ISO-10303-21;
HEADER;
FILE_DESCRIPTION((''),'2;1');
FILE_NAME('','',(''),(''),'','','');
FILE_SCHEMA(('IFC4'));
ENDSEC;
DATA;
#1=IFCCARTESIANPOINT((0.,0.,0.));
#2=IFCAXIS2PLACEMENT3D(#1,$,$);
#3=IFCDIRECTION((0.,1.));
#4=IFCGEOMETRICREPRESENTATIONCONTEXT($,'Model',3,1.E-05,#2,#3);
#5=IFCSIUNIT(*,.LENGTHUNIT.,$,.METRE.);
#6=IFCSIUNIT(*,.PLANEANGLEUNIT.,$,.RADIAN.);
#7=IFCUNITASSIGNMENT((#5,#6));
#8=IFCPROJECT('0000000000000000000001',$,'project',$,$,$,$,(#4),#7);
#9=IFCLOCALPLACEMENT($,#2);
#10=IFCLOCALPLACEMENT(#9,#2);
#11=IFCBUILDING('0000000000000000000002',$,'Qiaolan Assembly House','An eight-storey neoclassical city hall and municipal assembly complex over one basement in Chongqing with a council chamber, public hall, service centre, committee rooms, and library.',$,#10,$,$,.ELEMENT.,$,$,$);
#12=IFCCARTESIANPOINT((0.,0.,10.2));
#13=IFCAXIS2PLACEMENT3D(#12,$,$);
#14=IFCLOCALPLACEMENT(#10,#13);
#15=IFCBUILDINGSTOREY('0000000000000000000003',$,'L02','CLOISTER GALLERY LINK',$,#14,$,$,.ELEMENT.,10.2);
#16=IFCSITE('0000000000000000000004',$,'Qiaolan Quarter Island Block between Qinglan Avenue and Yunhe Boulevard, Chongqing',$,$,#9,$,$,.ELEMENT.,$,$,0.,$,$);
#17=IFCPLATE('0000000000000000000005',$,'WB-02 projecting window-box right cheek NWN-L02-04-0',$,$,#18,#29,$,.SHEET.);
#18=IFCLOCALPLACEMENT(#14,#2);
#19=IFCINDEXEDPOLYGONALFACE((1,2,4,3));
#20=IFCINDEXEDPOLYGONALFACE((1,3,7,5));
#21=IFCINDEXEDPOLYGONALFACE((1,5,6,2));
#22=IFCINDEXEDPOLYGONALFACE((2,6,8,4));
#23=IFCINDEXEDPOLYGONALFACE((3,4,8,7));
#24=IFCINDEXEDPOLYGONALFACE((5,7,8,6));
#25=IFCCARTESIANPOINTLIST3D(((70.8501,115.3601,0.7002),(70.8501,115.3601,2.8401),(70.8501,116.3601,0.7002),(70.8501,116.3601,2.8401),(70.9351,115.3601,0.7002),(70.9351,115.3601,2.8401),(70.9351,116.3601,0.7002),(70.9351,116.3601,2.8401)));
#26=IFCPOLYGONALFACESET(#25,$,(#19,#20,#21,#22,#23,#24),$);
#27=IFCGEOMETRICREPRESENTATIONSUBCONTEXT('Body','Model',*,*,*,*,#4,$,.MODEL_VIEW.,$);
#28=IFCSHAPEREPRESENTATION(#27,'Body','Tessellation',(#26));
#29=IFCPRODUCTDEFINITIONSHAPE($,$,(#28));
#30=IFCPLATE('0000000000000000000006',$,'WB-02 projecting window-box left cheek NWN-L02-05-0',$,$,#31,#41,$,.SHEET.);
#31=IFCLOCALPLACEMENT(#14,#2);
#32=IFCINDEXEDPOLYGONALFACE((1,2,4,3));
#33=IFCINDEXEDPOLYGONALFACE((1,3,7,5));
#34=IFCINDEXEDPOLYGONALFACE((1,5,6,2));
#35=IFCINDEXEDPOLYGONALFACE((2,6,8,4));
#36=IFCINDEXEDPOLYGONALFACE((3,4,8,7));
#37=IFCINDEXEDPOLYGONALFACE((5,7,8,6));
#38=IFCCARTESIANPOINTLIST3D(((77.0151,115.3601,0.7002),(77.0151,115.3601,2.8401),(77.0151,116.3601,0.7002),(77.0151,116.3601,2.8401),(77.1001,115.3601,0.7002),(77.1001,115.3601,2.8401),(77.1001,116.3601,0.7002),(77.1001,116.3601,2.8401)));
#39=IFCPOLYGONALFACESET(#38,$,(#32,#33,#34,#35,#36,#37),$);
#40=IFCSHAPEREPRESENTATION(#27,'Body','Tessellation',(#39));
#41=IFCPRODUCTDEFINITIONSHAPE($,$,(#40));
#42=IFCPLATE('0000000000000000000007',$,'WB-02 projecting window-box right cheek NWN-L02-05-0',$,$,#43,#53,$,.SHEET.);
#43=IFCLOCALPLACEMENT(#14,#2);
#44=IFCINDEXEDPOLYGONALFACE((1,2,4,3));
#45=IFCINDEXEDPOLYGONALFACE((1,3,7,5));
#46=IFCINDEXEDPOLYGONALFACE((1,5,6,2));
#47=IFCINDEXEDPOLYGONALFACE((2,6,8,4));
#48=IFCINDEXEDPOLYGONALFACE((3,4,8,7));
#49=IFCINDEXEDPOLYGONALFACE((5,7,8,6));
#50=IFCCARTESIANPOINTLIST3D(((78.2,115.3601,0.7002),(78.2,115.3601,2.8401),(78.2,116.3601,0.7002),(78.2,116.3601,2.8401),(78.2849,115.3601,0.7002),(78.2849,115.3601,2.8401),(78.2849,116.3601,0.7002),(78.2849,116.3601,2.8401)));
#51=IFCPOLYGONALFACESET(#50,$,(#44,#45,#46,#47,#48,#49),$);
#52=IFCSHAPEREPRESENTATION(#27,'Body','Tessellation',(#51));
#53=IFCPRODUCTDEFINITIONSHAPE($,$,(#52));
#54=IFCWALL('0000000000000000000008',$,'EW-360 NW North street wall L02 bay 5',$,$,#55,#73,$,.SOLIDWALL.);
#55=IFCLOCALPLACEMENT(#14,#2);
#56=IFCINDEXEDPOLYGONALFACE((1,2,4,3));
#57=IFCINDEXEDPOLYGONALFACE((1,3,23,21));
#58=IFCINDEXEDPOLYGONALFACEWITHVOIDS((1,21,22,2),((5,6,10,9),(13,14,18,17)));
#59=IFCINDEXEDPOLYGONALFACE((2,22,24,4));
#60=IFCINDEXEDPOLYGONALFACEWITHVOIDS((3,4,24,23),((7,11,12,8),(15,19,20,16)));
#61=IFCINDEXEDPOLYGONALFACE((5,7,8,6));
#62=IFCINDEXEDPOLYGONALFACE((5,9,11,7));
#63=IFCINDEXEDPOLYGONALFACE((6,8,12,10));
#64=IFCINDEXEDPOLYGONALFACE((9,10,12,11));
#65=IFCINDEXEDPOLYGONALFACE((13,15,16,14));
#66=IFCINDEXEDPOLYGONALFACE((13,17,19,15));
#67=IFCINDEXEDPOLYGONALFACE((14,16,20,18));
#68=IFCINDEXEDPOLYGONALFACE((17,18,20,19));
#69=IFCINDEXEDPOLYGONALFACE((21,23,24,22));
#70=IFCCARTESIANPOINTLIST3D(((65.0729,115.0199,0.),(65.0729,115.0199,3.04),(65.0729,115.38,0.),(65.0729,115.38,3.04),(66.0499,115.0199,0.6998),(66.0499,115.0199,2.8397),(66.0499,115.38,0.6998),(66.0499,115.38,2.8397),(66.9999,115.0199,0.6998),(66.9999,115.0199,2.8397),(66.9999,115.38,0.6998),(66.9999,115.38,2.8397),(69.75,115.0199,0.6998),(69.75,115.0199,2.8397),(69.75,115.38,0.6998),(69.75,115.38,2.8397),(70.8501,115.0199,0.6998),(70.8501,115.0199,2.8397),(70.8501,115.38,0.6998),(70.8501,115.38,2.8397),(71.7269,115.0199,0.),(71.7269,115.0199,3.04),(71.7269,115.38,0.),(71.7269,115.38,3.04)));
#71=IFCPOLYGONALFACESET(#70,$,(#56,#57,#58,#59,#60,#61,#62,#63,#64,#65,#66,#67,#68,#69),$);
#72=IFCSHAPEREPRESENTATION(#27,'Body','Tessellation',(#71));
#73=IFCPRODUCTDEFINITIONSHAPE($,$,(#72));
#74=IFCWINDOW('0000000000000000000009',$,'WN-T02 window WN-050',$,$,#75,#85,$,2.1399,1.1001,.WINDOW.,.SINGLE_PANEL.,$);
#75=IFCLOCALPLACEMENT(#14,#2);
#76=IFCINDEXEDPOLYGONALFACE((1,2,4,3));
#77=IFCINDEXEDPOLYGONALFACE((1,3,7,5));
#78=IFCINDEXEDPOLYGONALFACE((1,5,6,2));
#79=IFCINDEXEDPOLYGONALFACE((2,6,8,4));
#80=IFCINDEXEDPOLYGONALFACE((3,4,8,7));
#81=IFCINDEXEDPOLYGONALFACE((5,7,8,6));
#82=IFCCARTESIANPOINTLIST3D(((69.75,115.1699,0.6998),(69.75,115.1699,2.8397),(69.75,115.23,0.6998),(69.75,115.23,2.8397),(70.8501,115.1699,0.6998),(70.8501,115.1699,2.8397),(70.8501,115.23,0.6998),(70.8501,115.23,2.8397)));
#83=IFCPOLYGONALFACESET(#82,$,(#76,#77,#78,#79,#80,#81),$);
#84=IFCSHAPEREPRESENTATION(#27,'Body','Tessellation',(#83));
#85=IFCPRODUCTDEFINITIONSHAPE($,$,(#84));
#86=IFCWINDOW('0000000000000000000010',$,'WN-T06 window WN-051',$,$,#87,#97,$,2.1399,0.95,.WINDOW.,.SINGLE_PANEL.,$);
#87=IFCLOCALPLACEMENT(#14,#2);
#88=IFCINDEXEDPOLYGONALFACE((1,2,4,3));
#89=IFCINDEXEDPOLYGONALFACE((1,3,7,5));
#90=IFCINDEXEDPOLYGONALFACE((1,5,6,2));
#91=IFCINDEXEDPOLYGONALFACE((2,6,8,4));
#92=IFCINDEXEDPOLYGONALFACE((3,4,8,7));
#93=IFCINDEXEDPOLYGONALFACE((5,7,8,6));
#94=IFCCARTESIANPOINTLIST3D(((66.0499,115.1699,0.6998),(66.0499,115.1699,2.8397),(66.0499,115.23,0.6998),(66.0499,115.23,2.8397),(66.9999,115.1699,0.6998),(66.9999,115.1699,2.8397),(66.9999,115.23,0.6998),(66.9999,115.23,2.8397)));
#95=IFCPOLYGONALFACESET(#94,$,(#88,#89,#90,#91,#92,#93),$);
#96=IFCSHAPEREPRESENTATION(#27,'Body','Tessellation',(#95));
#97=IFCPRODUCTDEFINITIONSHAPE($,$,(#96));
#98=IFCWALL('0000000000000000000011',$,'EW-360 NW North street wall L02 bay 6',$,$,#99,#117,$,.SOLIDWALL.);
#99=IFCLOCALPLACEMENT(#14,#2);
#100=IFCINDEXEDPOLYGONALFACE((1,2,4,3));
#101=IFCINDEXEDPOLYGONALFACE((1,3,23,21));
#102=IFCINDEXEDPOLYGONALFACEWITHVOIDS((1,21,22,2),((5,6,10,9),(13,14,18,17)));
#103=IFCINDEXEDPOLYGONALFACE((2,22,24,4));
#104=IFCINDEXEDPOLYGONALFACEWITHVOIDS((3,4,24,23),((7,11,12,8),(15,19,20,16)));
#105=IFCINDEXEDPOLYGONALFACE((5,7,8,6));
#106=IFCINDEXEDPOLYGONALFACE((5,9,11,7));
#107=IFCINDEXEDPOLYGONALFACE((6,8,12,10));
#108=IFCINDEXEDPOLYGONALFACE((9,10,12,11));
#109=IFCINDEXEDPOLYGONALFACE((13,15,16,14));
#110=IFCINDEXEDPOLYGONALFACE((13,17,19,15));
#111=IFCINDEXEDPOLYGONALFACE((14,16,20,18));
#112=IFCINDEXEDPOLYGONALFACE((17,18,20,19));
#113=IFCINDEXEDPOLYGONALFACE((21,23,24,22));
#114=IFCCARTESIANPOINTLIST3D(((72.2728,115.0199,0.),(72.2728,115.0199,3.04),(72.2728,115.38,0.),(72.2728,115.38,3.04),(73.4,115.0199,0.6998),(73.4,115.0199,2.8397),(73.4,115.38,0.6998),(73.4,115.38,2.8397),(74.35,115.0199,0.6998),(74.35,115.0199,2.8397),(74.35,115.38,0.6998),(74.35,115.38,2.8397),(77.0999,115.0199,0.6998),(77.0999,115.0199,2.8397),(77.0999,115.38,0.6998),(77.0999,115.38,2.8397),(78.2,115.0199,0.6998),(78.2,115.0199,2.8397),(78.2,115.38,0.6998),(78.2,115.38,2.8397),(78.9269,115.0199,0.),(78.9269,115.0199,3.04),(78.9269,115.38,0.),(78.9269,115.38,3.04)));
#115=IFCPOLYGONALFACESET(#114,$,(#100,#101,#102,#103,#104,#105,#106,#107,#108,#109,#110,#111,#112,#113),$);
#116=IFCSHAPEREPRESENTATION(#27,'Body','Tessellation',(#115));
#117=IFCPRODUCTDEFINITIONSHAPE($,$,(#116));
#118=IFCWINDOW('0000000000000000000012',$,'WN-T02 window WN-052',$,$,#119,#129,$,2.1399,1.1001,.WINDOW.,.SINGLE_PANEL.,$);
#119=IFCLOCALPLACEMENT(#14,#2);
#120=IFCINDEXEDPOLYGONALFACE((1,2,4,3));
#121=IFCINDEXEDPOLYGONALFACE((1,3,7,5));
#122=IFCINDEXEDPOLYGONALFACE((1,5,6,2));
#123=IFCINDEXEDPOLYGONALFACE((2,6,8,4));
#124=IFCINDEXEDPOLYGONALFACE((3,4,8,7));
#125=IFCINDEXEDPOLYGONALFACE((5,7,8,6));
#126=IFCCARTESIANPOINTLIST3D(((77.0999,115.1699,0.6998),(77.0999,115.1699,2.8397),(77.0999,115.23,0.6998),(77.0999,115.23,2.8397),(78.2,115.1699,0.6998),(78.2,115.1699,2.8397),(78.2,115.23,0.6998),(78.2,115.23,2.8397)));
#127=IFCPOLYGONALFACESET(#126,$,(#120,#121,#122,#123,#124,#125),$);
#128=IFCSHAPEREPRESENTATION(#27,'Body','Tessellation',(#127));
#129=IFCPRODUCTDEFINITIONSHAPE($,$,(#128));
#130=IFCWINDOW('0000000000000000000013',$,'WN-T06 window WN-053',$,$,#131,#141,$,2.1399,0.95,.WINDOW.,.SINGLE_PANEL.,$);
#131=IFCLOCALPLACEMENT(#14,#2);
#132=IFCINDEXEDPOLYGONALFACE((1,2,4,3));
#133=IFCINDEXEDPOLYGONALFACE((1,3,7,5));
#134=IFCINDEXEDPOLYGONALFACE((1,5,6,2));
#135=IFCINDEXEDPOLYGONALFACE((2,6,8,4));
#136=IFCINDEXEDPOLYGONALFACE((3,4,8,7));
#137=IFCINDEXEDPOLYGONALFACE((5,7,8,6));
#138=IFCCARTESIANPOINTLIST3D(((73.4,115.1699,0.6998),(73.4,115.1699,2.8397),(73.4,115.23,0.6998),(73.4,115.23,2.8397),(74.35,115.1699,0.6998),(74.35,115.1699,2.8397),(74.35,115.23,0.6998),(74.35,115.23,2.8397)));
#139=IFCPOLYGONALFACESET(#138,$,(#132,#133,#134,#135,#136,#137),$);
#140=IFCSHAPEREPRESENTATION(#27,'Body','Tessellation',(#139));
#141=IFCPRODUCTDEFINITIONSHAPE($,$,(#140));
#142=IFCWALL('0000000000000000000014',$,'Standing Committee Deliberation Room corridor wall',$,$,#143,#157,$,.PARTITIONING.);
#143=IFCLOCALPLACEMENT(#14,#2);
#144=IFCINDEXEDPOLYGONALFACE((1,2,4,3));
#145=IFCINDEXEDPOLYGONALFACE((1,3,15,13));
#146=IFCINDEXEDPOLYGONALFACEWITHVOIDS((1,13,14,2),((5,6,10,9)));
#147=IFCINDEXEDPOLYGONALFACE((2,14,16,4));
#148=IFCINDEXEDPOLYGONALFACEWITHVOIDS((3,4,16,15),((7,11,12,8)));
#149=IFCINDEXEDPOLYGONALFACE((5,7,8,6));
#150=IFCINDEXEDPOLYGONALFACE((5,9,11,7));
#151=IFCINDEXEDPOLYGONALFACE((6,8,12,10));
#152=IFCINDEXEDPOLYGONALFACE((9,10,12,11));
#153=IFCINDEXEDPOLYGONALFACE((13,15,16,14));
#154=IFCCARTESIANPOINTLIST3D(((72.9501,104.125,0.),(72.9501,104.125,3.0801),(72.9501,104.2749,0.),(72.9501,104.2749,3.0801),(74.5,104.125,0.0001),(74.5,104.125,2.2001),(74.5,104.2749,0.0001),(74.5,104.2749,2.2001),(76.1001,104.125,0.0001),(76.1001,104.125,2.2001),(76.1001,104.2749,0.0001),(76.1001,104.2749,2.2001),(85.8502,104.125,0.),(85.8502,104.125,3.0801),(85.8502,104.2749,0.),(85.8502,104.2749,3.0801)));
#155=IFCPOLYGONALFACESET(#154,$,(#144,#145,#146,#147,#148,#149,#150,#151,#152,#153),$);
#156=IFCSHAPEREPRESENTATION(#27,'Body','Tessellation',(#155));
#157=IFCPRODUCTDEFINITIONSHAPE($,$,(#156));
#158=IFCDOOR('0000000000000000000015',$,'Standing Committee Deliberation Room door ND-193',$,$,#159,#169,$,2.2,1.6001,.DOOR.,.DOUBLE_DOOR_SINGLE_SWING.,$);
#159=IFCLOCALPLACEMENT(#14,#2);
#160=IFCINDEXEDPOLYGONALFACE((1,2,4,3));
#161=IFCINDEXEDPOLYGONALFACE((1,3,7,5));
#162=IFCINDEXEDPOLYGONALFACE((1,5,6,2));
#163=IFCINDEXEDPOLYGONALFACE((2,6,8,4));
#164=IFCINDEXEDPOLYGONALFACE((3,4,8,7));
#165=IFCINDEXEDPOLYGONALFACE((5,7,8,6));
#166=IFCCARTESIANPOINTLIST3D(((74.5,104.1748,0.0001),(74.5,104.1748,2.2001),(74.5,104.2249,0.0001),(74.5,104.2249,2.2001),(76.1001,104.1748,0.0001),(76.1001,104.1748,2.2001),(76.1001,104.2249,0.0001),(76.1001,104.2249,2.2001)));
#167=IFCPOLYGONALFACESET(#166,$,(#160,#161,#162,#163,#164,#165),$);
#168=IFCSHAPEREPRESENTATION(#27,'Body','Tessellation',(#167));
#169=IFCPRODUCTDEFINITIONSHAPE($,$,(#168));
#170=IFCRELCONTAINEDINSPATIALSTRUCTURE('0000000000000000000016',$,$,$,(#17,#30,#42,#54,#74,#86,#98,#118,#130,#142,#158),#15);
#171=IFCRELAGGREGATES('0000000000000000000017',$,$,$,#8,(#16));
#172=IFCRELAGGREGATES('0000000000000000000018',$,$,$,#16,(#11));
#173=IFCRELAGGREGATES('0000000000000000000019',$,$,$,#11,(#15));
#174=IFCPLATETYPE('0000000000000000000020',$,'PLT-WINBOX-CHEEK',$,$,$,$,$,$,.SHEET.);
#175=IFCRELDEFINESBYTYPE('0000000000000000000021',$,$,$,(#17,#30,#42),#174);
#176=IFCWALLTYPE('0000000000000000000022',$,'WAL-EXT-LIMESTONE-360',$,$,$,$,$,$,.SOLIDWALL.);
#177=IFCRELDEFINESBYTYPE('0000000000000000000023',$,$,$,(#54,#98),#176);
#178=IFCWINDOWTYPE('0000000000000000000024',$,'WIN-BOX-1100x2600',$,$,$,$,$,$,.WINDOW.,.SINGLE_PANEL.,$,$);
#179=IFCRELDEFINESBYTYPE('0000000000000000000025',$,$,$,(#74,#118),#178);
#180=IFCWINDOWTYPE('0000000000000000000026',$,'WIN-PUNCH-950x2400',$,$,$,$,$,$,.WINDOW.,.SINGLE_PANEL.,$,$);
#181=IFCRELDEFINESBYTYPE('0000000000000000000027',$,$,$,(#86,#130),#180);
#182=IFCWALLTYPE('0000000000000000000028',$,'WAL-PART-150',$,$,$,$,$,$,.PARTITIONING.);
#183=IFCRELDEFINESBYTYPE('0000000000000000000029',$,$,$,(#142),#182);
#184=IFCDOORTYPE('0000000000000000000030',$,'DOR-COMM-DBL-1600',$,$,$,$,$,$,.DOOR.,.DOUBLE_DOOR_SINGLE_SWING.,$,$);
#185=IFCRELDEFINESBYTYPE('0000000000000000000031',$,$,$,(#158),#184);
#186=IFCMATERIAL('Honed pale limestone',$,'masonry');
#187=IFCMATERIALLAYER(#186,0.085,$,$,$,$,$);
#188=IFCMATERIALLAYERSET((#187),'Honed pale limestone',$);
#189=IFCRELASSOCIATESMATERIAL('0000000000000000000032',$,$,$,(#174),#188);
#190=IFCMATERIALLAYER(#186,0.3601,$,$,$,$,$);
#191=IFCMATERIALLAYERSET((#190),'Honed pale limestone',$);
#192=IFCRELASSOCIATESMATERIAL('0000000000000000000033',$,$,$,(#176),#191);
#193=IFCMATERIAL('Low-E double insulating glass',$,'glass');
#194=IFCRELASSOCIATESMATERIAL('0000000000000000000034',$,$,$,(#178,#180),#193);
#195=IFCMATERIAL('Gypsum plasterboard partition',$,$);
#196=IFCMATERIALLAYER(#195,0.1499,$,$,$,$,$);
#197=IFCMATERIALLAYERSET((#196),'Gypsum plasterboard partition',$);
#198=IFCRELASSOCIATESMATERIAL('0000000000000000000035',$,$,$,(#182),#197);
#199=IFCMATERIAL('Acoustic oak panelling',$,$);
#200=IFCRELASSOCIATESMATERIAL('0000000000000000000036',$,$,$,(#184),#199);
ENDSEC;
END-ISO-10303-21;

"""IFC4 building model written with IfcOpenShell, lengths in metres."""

from ifc_helpers import new_model, si_unit, direction, frame, frame_2d, origin, origin_2d, place, context, subcontext, project, spatial, rectangle, extrude, material, layer, layer_set, type_object, element, fill, save


model = new_model("IFC4")

# Units and contexts
model_context = context("Model", 3, precision=1e-05, world=origin(), true_north=direction((0.0, 1.0)))
body_context = subcontext(model_context, "Body", "Model", "MODEL_VIEW")
ifc_project = project(units=[si_unit("LENGTHUNIT", "METRE"), si_unit("PLANEANGLEUNIT", "RADIAN")], contexts=[model_context])

# Site, building, storey
site_placement = place(None, origin())
site = spatial("IfcSite", under=ifc_project, at=site_placement, Name="Qiaolan Quarter Island Block between Qinglan Avenue and Yunhe Boulevard, Chongqing", CompositionType="ELEMENT", RefElevation=0.0)
building_placement = place(site_placement, origin())
building = spatial("IfcBuilding", under=site, at=building_placement, Name="Qiaolan Assembly House", Description="An eight-storey neoclassical city hall and municipal assembly complex over one basement in Chongqing with a council chamber, public hall, service centre, committee rooms, and library.", CompositionType="ELEMENT")
storey_placement = place(building_placement, frame((0.0, 0.0, 10.2)))
storey = spatial("IfcBuildingStorey", under=building, at=storey_placement, Name="L02", Description="CLOISTER GALLERY LINK", CompositionType="ELEMENT", Elevation=10.2)

# Plates
ifc_material_1 = material(Name="Honed pale limestone", Category="masonry")
ifc_layer_1 = layer(ifc_material_1, 0.085)
ifc_layer_set_1 = layer_set([ifc_layer_1], Name="Honed pale limestone")
plate_type = type_object("IfcPlateType", Name="PLT-WINBOX-CHEEK", PredefinedType="SHEET", material=ifc_layer_set_1)
for number, where, z_axis, x_axis, name in (
    (1, (70.8926, 115.8601, 0.7002), (0.0, 0.0, 1.0), (1.0, 0.0, 0.0), "WB-02 projecting window-box right cheek NWN-L02-04-0"),
    (2, (77.0576, 115.8601, 0.7002), (0.0, 0.0, 1.0), (1.0, 0.0, 0.0), "WB-02 projecting window-box left cheek NWN-L02-05-0"),
    (3, (78.2424, 115.8601, 0.7002), (0.0, 0.0, 1.0), (1.0, 0.0, 0.0), "WB-02 projecting window-box right cheek NWN-L02-05-0"),
):
    element("IfcPlate", number, at=place(storey_placement, frame(where, z_axis=z_axis, x_axis=x_axis)), inside=storey, type_object=plate_type, Name=name, PredefinedType="SHEET", context=body_context, shape_type="SweptSolid", body=[
        extrude(rectangle(XDim=0.085, YDim=1.0, at=origin_2d()), origin(), (0.0, 0.0, 1.0), 2.1399),
    ])

# Walls, openings, windows
ifc_layer_2 = layer(ifc_material_1, 0.3601)
ifc_layer_set_2 = layer_set([ifc_layer_2], Name="Honed pale limestone")
wall_type_1 = type_object("IfcWallType", Name="WAL-EXT-LIMESTONE-360", PredefinedType="SOLIDWALL", material=ifc_layer_set_2)
wall_1_placement = place(storey_placement, frame((71.7271, 115.2, 0.0), z_axis=(0.0, 0.0, 1.0), x_axis=(-1.0, 0.0, 0.0)))
wall_1 = element("IfcWall", 4, at=wall_1_placement, inside=storey, type_object=wall_type_1, Name="EW-360 NW North street wall L02 bay 5", PredefinedType="SOLIDWALL", context=body_context, shape_type="SweptSolid", body=[
    extrude(rectangle(XDim=6.6541, YDim=0.3601, at=frame_2d((3.3271, 0.0))), origin(), (0.0, 0.0, 1.0), 3.04),
])
opening_1_placement = place(wall_1_placement, frame((0.877, 0.0, 0.7)))
opening_1 = element("IfcOpeningElement", 5, at=opening_1_placement, cuts=wall_1, PredefinedType="OPENING", context=body_context, shape_type="SweptSolid", body=[
    extrude(rectangle(XDim=1.1001, YDim=2.1399, at=frame_2d((0.55, 1.0698))), frame((0.0, 0.1899, 0.0), z_axis=(0.0, -1.0, 0.0), x_axis=(1.0, 0.0, 0.0)), (0.0, 0.0, 1.0), 0.3801),
])
opening_2_placement = place(wall_1_placement, frame((4.7271, 0.0, 0.7)))
opening_2 = element("IfcOpeningElement", 6, at=opening_2_placement, cuts=wall_1, PredefinedType="OPENING", context=body_context, shape_type="SweptSolid", body=[
    extrude(rectangle(XDim=0.95, YDim=2.1399, at=frame_2d((0.4751, 1.0698))), frame((0.0, 0.1899, 0.0), z_axis=(0.0, -1.0, 0.0), x_axis=(1.0, 0.0, 0.0)), (0.0, 0.0, 1.0), 0.3801),
])
ifc_material_2 = material(Name="Low-E double insulating glass", Category="glass")
window_type_1 = type_object("IfcWindowType", Name="WIN-BOX-1100x2600", PartitioningType="SINGLE_PANEL", PredefinedType="WINDOW", material=ifc_material_2)
window_1_placement = place(opening_1_placement, origin())
window_1 = element("IfcWindow", 7, at=window_1_placement, inside=storey, type_object=window_type_1, Name="WN-T02 window WN-050", OverallHeight=2.1399, OverallWidth=1.1001, PartitioningType="SINGLE_PANEL", PredefinedType="WINDOW", context=body_context, shape_type="SweptSolid", body=[
    extrude(rectangle(XDim=1.1001, YDim=2.1399, at=frame_2d((0.55, 1.0698))), frame((0.0, 0.03, 0.0), z_axis=(0.0, -1.0, 0.0), x_axis=(1.0, 0.0, 0.0)), (0.0, 0.0, 1.0), 0.0601),
])
fill(opening_1, window_1)
window_type_2 = type_object("IfcWindowType", Name="WIN-PUNCH-950x2400", PartitioningType="SINGLE_PANEL", PredefinedType="WINDOW", material=ifc_material_2)
window_2_placement = place(opening_2_placement, origin())
window_2 = element("IfcWindow", 8, at=window_2_placement, inside=storey, type_object=window_type_2, Name="WN-T06 window WN-051", OverallHeight=2.1399, OverallWidth=0.95, PartitioningType="SINGLE_PANEL", PredefinedType="WINDOW", context=body_context, shape_type="SweptSolid", body=[
    extrude(rectangle(XDim=0.95, YDim=2.1399, at=frame_2d((0.4751, 1.0698))), frame((0.0, 0.03, 0.0), z_axis=(0.0, -1.0, 0.0), x_axis=(1.0, 0.0, 0.0)), (0.0, 0.0, 1.0), 0.0601),
])
fill(opening_2, window_2)
wall_2_placement = place(storey_placement, frame((78.927, 115.2, 0.0), z_axis=(0.0, 0.0, 1.0), x_axis=(-1.0, 0.0, 0.0)))
wall_2 = element("IfcWall", 9, at=wall_2_placement, inside=storey, type_object=wall_type_1, Name="EW-360 NW North street wall L02 bay 6", PredefinedType="SOLIDWALL", context=body_context, shape_type="SweptSolid", body=[
    extrude(rectangle(XDim=6.6541, YDim=0.3601, at=frame_2d((3.3271, 0.0))), origin(), (0.0, 0.0, 1.0), 3.04),
])
opening_3_placement = place(wall_2_placement, frame((0.7271, 0.0, 0.7)))
opening_3 = element("IfcOpeningElement", 10, at=opening_3_placement, cuts=wall_2, PredefinedType="OPENING", context=body_context, shape_type="SweptSolid", body=[
    extrude(rectangle(XDim=1.1001, YDim=2.1399, at=frame_2d((0.55, 1.0698))), frame((0.0, 0.1899, 0.0), z_axis=(0.0, -1.0, 0.0), x_axis=(1.0, 0.0, 0.0)), (0.0, 0.0, 1.0), 0.3801),
])
opening_4_placement = place(wall_2_placement, frame((4.5769, 0.0, 0.7)))
opening_4 = element("IfcOpeningElement", 11, at=opening_4_placement, cuts=wall_2, PredefinedType="OPENING", context=body_context, shape_type="SweptSolid", body=[
    extrude(rectangle(XDim=0.95, YDim=2.1399, at=frame_2d((0.4751, 1.0698))), frame((0.0, 0.1899, 0.0), z_axis=(0.0, -1.0, 0.0), x_axis=(1.0, 0.0, 0.0)), (0.0, 0.0, 1.0), 0.3801),
])
window_3_placement = place(opening_3_placement, origin())
window_3 = element("IfcWindow", 12, at=window_3_placement, inside=storey, type_object=window_type_1, Name="WN-T02 window WN-052", OverallHeight=2.1399, OverallWidth=1.1001, PartitioningType="SINGLE_PANEL", PredefinedType="WINDOW", context=body_context, shape_type="SweptSolid", body=[
    extrude(rectangle(XDim=1.1001, YDim=2.1399, at=frame_2d((0.55, 1.0698))), frame((0.0, 0.03, 0.0), z_axis=(0.0, -1.0, 0.0), x_axis=(1.0, 0.0, 0.0)), (0.0, 0.0, 1.0), 0.0601),
])
fill(opening_3, window_3)
window_4_placement = place(opening_4_placement, origin())
window_4 = element("IfcWindow", 13, at=window_4_placement, inside=storey, type_object=window_type_2, Name="WN-T06 window WN-053", OverallHeight=2.1399, OverallWidth=0.95, PartitioningType="SINGLE_PANEL", PredefinedType="WINDOW", context=body_context, shape_type="SweptSolid", body=[
    extrude(rectangle(XDim=0.95, YDim=2.1399, at=frame_2d((0.4751, 1.0698))), frame((0.0, 0.03, 0.0), z_axis=(0.0, -1.0, 0.0), x_axis=(1.0, 0.0, 0.0)), (0.0, 0.0, 1.0), 0.0601),
])
fill(opening_4, window_4)

# Wall, opening, door
ifc_material_3 = material(Name="Gypsum plasterboard partition")
ifc_layer_3 = layer(ifc_material_3, 0.1499)
ifc_layer_set_3 = layer_set([ifc_layer_3], Name="Gypsum plasterboard partition")
wall_type_2 = type_object("IfcWallType", Name="WAL-PART-150", PredefinedType="PARTITIONING", material=ifc_layer_set_3)
wall_3_placement = place(storey_placement, frame((72.95, 104.2, 0.0), z_axis=(0.0, 0.0, 1.0), x_axis=(1.0, 0.0, 0.0)))
wall_3 = element("IfcWall", 14, at=wall_3_placement, inside=storey, type_object=wall_type_2, Name="Standing Committee Deliberation Room corridor wall", PredefinedType="PARTITIONING", context=body_context, shape_type="SweptSolid", body=[
    extrude(rectangle(XDim=12.9001, YDim=0.1499, at=frame_2d((6.4502, 0.0))), origin(), (0.0, 0.0, 1.0), 3.0801),
])
opening_5_placement = place(wall_3_placement, frame((1.55, 0.0, 0.0)))
opening_5 = element("IfcOpeningElement", 15, at=opening_5_placement, cuts=wall_3, PredefinedType="OPENING", context=body_context, shape_type="SweptSolid", body=[
    extrude(rectangle(XDim=1.6001, YDim=2.2, at=frame_2d((0.8, 1.1001))), frame((0.0, 0.085, 0.0), z_axis=(0.0, -1.0, 0.0), x_axis=(1.0, 0.0, 0.0)), (0.0, 0.0, 1.0), 0.1699),
])
ifc_material_4 = material(Name="Acoustic oak panelling")
door_type = type_object("IfcDoorType", Name="DOR-COMM-DBL-1600", OperationType="DOUBLE_DOOR_SINGLE_SWING", PredefinedType="DOOR", material=ifc_material_4)
door_placement = place(opening_5_placement, origin())
door = element("IfcDoor", 16, at=door_placement, inside=storey, type_object=door_type, Name="Standing Committee Deliberation Room door ND-193", OperationType="DOUBLE_DOOR_SINGLE_SWING", OverallHeight=2.2, OverallWidth=1.6001, PredefinedType="DOOR", context=body_context, shape_type="SweptSolid", body=[
    extrude(rectangle(XDim=1.6001, YDim=2.2, at=frame_2d((0.8, 1.1001))), frame((0.0, 0.0249, 0.0), z_axis=(0.0, -1.0, 0.0), x_axis=(1.0, 0.0, 0.0)), (0.0, 0.0, 1.0), 0.05),
])
fill(opening_5, door)

save(model, "model.ifc")
